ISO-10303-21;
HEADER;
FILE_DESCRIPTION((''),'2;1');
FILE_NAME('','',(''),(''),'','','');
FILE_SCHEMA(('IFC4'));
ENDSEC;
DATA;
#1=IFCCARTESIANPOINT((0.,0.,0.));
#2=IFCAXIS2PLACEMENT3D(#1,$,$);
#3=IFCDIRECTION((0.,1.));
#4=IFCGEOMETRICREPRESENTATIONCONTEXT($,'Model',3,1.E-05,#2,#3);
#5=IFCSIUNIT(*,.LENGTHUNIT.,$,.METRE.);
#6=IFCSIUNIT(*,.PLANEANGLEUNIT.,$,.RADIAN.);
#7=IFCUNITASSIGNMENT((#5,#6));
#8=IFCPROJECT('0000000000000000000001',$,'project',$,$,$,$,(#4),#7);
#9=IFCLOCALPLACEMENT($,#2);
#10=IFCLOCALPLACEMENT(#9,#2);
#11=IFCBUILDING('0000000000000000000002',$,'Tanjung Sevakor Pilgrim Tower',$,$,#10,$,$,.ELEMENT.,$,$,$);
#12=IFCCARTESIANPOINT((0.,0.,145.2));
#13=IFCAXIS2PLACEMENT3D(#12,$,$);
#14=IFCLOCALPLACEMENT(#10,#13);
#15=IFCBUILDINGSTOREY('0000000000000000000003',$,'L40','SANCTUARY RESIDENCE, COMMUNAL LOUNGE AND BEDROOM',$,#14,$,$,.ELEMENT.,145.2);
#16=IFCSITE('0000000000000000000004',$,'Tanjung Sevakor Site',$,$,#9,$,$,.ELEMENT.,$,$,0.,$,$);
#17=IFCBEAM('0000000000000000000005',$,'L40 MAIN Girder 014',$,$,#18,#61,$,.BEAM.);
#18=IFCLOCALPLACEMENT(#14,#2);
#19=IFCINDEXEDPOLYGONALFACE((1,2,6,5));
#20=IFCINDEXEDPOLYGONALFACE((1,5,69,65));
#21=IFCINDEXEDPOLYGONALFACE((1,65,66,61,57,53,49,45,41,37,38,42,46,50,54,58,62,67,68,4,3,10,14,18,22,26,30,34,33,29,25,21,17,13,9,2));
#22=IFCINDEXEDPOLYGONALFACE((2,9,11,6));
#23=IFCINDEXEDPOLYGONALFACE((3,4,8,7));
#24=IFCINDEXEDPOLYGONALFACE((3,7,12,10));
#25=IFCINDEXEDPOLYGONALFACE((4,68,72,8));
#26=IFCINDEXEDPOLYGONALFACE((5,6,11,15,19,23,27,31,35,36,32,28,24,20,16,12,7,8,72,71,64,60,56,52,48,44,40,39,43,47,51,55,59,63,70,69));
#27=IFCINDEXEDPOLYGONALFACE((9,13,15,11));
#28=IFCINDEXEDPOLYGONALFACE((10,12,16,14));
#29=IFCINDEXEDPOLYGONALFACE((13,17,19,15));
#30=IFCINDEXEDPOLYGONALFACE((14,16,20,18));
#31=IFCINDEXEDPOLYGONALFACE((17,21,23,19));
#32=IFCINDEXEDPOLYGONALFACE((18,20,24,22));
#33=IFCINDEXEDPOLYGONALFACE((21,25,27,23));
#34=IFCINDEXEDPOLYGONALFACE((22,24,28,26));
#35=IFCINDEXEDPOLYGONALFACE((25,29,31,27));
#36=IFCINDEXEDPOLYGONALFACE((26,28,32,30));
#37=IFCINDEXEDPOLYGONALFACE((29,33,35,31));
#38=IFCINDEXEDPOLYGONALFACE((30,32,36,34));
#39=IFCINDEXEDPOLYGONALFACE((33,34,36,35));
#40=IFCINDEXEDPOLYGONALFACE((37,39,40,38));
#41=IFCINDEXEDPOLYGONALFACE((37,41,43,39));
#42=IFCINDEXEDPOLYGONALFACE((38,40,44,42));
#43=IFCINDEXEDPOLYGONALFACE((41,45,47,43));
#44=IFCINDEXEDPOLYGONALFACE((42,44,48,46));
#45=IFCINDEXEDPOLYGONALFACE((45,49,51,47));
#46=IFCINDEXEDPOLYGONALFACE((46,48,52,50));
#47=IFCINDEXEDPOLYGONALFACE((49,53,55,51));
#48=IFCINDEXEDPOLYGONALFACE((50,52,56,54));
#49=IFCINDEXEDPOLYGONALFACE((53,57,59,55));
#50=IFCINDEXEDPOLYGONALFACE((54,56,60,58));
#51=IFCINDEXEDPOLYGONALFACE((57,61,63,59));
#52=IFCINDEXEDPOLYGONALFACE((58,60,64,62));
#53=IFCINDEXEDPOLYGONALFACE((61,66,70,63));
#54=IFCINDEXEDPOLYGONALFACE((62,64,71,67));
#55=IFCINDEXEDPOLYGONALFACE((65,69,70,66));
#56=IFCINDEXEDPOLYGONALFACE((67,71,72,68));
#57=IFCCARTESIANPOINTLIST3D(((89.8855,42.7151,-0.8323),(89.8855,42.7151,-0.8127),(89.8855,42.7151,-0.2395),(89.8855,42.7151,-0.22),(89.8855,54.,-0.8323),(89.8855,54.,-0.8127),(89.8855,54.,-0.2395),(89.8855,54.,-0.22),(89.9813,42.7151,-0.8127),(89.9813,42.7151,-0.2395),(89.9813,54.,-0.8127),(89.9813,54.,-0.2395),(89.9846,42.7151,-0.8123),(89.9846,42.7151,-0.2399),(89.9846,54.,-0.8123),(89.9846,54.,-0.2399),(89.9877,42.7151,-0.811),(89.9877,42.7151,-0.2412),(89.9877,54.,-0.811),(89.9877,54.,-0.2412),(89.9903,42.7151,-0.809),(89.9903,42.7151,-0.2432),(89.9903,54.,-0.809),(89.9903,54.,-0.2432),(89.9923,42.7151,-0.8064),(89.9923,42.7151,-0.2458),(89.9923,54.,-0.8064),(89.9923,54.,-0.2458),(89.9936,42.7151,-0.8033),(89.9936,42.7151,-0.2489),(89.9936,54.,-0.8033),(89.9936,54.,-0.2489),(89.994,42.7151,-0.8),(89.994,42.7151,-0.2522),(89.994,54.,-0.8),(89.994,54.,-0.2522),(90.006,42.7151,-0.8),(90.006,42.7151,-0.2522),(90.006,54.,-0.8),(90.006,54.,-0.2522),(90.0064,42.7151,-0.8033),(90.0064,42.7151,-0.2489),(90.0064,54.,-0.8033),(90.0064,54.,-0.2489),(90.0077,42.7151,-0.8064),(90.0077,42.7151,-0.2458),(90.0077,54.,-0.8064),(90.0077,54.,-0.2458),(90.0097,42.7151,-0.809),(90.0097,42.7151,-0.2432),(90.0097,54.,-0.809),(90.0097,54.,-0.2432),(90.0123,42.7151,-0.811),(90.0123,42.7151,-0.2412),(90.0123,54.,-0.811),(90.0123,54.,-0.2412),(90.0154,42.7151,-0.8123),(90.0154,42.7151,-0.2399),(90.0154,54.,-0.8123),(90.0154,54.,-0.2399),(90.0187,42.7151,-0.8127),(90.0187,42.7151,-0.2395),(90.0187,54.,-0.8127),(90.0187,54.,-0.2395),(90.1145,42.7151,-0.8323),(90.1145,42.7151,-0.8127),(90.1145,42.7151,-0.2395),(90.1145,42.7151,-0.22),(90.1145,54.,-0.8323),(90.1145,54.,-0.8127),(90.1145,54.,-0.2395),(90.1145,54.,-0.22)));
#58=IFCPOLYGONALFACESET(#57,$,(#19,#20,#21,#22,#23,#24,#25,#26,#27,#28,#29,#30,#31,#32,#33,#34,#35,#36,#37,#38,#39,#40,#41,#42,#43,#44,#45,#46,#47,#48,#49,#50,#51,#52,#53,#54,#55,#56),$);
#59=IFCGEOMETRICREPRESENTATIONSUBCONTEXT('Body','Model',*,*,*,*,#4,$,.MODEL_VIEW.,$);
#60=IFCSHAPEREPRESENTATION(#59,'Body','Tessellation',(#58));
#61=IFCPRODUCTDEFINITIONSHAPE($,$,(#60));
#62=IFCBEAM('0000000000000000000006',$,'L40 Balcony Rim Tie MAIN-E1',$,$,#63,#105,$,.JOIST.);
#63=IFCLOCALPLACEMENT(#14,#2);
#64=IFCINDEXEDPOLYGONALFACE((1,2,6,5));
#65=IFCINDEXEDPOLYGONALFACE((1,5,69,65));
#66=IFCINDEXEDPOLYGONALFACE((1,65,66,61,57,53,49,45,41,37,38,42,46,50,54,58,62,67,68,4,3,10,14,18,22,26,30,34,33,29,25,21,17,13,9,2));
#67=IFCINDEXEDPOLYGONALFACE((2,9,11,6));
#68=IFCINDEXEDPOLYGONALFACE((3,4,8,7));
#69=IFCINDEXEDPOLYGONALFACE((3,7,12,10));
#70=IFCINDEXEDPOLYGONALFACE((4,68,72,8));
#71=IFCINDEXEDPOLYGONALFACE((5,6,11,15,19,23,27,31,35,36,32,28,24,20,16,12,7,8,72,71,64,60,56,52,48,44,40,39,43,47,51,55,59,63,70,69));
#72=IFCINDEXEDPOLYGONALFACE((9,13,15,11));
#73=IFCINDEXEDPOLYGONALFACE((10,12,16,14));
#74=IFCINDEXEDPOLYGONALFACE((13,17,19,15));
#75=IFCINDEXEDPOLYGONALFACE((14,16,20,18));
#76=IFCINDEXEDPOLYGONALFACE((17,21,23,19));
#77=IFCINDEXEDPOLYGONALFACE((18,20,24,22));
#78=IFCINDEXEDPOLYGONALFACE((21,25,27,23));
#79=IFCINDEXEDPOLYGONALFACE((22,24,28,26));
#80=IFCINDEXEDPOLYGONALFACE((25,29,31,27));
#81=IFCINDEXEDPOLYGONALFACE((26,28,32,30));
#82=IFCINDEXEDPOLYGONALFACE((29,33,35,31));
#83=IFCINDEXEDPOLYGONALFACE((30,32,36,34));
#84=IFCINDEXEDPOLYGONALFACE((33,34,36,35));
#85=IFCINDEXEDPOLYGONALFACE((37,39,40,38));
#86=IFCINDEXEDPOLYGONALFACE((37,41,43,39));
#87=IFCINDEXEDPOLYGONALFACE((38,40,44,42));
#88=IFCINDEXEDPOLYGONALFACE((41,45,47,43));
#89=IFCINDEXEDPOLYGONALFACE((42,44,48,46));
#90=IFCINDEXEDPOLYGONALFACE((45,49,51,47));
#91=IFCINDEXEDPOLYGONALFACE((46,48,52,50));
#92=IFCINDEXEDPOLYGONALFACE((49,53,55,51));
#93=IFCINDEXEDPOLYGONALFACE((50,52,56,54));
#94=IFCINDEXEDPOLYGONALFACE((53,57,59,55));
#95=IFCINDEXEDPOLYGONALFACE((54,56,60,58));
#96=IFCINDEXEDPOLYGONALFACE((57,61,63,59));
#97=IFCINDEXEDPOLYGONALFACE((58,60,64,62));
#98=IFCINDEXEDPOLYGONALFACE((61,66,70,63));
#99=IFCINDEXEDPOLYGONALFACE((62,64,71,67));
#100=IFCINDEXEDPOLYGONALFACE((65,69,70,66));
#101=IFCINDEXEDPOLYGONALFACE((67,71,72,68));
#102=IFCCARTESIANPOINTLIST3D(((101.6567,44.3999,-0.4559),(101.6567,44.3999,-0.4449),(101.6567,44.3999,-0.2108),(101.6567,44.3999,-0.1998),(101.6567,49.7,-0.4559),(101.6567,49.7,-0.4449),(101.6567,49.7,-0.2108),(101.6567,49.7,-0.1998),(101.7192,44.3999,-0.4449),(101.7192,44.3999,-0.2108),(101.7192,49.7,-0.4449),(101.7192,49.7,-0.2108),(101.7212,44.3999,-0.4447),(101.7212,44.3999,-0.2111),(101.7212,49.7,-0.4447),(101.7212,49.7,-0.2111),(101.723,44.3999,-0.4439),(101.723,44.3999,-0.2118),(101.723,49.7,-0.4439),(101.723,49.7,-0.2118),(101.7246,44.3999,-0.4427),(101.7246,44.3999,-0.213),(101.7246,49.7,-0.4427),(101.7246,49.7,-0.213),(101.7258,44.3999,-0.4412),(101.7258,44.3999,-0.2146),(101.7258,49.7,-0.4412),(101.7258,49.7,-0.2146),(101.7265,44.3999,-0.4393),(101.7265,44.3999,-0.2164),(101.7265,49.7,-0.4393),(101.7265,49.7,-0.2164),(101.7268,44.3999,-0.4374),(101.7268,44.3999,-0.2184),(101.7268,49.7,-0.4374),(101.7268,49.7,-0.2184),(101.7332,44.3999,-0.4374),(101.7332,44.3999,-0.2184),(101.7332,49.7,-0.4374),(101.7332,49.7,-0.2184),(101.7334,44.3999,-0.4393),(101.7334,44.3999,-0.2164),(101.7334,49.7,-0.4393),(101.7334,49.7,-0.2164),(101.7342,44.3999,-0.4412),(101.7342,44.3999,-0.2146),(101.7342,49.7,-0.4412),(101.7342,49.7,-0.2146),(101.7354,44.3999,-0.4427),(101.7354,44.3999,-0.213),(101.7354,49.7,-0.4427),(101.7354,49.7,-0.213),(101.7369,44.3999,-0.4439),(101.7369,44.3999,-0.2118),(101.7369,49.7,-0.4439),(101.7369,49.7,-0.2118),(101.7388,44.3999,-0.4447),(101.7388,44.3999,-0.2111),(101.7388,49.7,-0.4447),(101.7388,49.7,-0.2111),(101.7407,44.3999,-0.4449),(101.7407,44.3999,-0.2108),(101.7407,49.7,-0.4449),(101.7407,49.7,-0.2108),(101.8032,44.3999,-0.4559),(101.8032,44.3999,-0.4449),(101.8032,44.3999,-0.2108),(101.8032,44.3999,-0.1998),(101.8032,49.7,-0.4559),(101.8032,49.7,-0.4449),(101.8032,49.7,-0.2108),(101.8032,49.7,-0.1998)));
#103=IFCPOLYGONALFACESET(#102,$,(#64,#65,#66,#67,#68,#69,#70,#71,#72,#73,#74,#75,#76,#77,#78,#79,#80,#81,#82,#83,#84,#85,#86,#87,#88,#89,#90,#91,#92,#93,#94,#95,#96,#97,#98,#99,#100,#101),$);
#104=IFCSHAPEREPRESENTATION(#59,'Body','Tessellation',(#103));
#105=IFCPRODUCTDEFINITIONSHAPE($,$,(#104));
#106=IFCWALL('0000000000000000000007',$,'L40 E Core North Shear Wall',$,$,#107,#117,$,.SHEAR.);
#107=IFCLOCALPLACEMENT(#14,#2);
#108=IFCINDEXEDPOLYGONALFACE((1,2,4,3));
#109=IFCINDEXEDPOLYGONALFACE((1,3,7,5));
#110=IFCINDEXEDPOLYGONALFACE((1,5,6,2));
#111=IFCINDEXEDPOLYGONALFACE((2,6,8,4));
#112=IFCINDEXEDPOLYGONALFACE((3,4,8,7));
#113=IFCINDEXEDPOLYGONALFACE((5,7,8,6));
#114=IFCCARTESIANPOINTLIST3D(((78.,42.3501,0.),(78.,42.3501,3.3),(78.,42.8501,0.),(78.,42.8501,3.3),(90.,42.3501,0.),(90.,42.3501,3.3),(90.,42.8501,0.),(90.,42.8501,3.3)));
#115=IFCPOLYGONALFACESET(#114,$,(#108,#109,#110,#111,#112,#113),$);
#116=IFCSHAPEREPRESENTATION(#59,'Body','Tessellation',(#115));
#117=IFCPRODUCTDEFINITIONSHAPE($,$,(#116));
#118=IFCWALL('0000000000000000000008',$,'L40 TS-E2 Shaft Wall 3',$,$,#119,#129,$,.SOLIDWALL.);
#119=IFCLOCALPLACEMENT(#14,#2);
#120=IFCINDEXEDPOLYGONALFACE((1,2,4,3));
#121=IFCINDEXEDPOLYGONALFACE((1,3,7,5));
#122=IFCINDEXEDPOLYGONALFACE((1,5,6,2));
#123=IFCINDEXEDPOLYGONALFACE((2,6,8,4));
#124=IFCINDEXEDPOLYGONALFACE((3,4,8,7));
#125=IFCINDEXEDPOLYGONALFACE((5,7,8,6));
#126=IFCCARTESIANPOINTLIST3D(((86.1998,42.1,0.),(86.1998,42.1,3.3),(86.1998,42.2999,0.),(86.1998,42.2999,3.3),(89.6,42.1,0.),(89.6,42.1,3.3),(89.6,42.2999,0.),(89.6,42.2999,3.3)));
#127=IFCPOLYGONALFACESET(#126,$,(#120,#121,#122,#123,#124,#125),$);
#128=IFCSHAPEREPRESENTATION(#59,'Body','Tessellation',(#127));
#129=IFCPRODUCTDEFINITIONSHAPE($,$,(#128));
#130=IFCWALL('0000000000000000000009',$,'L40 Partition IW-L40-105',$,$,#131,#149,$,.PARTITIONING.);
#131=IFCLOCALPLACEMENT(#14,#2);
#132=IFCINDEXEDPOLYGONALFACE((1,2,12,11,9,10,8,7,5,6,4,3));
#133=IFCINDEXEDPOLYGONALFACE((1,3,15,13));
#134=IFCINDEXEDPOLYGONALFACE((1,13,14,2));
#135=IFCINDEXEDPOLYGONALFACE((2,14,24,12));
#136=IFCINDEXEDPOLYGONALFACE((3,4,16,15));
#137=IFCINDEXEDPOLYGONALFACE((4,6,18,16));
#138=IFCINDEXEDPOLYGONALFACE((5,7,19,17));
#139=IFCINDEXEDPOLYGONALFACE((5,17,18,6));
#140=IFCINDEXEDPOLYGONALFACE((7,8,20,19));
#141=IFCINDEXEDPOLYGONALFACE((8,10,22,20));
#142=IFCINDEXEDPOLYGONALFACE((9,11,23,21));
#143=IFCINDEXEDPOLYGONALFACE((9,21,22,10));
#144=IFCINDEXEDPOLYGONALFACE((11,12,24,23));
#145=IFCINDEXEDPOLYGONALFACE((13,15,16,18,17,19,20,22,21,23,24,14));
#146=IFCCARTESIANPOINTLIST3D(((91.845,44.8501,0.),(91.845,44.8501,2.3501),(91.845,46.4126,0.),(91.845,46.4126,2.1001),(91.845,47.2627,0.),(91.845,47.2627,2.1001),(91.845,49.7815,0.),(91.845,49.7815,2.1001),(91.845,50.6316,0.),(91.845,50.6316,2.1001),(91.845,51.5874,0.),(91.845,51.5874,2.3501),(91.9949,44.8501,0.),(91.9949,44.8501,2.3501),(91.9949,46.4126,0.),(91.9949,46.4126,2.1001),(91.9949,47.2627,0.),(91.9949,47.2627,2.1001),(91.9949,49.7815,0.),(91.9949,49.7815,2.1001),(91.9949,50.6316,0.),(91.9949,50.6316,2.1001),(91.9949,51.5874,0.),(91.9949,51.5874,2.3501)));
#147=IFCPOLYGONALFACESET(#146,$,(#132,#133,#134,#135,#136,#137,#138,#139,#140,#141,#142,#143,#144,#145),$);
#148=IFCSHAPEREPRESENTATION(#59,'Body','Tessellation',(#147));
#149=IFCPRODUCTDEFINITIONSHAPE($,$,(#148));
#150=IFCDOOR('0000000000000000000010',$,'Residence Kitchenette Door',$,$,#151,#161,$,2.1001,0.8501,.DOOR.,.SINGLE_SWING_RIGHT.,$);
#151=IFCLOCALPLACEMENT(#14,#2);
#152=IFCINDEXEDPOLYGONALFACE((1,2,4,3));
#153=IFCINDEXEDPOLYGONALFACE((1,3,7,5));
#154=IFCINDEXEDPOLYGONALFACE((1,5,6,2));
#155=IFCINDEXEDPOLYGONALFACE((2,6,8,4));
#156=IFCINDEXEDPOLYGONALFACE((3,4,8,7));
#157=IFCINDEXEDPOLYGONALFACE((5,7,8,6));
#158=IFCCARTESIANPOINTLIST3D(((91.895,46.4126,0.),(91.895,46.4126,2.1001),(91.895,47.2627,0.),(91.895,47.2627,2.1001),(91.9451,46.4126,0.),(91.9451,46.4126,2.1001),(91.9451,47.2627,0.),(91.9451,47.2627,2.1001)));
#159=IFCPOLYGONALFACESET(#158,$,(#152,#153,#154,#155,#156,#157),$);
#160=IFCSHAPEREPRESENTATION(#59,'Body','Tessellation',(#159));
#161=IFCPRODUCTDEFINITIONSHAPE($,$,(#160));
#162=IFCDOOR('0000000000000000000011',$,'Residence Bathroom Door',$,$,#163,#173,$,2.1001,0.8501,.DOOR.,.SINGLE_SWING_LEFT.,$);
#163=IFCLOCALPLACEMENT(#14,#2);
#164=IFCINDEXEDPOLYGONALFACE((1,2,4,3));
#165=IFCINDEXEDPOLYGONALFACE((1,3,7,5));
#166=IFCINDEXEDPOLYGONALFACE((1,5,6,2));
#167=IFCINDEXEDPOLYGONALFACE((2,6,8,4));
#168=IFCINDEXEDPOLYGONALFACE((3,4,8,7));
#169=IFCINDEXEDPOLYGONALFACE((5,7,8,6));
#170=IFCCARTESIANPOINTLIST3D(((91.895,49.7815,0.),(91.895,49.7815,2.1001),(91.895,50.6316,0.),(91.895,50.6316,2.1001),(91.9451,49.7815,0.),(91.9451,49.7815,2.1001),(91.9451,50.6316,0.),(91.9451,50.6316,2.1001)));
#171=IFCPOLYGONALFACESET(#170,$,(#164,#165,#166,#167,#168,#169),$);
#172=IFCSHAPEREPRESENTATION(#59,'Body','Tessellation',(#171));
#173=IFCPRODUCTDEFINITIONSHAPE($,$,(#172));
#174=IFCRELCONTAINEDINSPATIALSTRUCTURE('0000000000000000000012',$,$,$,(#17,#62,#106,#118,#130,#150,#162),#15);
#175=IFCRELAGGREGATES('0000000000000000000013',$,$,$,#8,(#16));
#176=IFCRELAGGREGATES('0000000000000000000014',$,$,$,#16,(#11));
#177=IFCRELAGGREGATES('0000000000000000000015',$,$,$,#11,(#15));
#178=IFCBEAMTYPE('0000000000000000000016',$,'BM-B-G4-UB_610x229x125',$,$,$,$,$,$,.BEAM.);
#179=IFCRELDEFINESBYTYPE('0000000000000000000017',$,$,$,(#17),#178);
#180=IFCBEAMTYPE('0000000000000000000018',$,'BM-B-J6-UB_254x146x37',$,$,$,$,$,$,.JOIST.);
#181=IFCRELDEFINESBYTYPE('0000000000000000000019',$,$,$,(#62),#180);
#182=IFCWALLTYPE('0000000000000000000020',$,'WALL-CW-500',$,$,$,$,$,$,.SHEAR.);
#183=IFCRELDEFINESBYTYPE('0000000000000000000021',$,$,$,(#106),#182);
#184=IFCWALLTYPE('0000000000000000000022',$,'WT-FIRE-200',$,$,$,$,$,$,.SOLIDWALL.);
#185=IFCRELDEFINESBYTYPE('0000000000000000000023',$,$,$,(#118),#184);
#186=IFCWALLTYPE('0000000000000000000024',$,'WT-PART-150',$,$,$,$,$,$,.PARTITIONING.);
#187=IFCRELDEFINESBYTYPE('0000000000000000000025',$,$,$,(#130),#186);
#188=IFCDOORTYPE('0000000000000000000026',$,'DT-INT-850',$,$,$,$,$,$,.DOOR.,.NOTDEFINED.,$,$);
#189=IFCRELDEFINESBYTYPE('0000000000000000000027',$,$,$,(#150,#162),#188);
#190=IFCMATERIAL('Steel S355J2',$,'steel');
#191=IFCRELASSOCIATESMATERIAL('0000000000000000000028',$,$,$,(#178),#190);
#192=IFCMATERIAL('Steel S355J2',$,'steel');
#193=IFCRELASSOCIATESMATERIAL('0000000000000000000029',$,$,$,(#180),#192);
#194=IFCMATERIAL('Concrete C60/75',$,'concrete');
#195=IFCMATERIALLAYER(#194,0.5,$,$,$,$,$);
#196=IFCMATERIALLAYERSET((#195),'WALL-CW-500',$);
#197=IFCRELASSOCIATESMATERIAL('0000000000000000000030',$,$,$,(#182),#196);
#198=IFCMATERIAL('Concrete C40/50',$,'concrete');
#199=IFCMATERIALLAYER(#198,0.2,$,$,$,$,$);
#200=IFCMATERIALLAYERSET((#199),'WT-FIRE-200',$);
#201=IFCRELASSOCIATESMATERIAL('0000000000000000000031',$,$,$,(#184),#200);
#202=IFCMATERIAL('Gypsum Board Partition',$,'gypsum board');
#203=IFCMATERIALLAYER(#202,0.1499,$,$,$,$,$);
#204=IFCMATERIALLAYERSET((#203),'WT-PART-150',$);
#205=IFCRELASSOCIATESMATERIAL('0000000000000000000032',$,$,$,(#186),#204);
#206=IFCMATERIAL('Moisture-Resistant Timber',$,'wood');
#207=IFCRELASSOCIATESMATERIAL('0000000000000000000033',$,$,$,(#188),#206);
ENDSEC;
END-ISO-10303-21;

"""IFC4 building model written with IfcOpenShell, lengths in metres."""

from ifc_helpers import new_model, si_unit, direction, frame, frame_2d, origin, origin_2d, place, context, subcontext, project, spatial, rectangle, i_section, extrude, material, layer, layer_set, material_profile, profile_set, type_object, element, fill, save


model = new_model("IFC4")

# Units and contexts
model_context = context("Model", 3, precision=1e-05, world=origin(), true_north=direction((0.0, 1.0)))
body_context = subcontext(model_context, "Body", "Model", "MODEL_VIEW")
ifc_project = project(units=[si_unit("LENGTHUNIT", "METRE"), si_unit("PLANEANGLEUNIT", "RADIAN")], contexts=[model_context])

# Site, building, storey
site_placement = place(None, origin())
site = spatial("IfcSite", under=ifc_project, at=site_placement, Name="Tanjung Sevakor Site", CompositionType="ELEMENT", RefElevation=0.0)
building_placement = place(site_placement, origin())
building = spatial("IfcBuilding", under=site, at=building_placement, Name="Tanjung Sevakor Pilgrim Tower", CompositionType="ELEMENT")
storey_placement = place(building_placement, frame((0.0, 0.0, 145.2)))
storey = spatial("IfcBuildingStorey", under=building, at=storey_placement, Name="L40", Description="SANCTUARY RESIDENCE, COMMUNAL LOUNGE AND BEDROOM", CompositionType="ELEMENT", Elevation=145.2)

# Beams
ifc_material_1 = material(Name="Steel S355J2", Category="steel")
ifc_material_profile_1 = material_profile(ifc_material_1, i_section(OverallWidth=0.229, OverallDepth=0.6123, WebThickness=0.012, FlangeThickness=0.0195, FilletRadius=0.0127, at=origin_2d()))
ifc_profile_set_1 = profile_set([ifc_material_profile_1], Name="Steel S355J2")
beam_type_1 = type_object("IfcBeamType", Name="BM-B-G4-UB_610x229x125", PredefinedType="BEAM", material=ifc_profile_set_1)
beam_1_placement = place(storey_placement, frame((90.0, 42.7151, -0.5261), z_axis=(0.0, 1.0, 0.0), x_axis=(-1.0, 0.0, 0.0)))
element("IfcBeam", 1, at=beam_1_placement, inside=storey, type_object=beam_type_1, Name="L40 MAIN Girder 014", PredefinedType="BEAM", context=body_context, shape_type="SweptSolid", body=[
    extrude(i_section(OverallWidth=0.229, OverallDepth=0.6123, WebThickness=0.012, FlangeThickness=0.0195, FilletRadius=0.0127, at=origin_2d()), origin(), (0.0, 0.0, 1.0), 11.2849),
])
ifc_material_2 = material(Name="Steel S355J2", Category="steel")
ifc_material_profile_2 = material_profile(ifc_material_2, i_section(OverallWidth=0.1465, OverallDepth=0.2561, WebThickness=0.0063, FlangeThickness=0.011, FilletRadius=0.0076, at=origin_2d()))
ifc_profile_set_2 = profile_set([ifc_material_profile_2], Name="Steel S355J2")
beam_type_2 = type_object("IfcBeamType", Name="BM-B-J6-UB_254x146x37", PredefinedType="JOIST", material=ifc_profile_set_2)
beam_2_placement = place(storey_placement, frame((101.73, 44.3999, -0.3279), z_axis=(0.0, 1.0, 0.0), x_axis=(-1.0, 0.0, 0.0)))
element("IfcBeam", 2, at=beam_2_placement, inside=storey, type_object=beam_type_2, Name="L40 Balcony Rim Tie MAIN-E1", PredefinedType="JOIST", context=body_context, shape_type="SweptSolid", body=[
    extrude(i_section(OverallWidth=0.1465, OverallDepth=0.2561, WebThickness=0.0063, FlangeThickness=0.011, FilletRadius=0.0076, at=origin_2d()), origin(), (0.0, 0.0, 1.0), 5.3),
])

# Walls
ifc_material_3 = material(Name="Concrete C60/75", Category="concrete")
ifc_layer_1 = layer(ifc_material_3, 0.5)
ifc_layer_set_1 = layer_set([ifc_layer_1], Name="WALL-CW-500")
wall_type_1 = type_object("IfcWallType", Name="WALL-CW-500", PredefinedType="SHEAR", material=ifc_layer_set_1)
wall_1_placement = place(storey_placement, frame((90.0, 42.6001, 0.0), z_axis=(0.0, 0.0, 1.0), x_axis=(-1.0, 0.0, 0.0)))
element("IfcWall", 3, at=wall_1_placement, inside=storey, type_object=wall_type_1, Name="L40 E Core North Shear Wall", PredefinedType="SHEAR", context=body_context, shape_type="SweptSolid", body=[
    extrude(rectangle(XDim=12.0, YDim=0.5, at=frame_2d((6.0, 0.0))), origin(), (0.0, 0.0, 1.0), 3.3),
])
ifc_material_4 = material(Name="Concrete C40/50", Category="concrete")
ifc_layer_2 = layer(ifc_material_4, 0.2)
ifc_layer_set_2 = layer_set([ifc_layer_2], Name="WT-FIRE-200")
wall_type_2 = type_object("IfcWallType", Name="WT-FIRE-200", PredefinedType="SOLIDWALL", material=ifc_layer_set_2)
wall_2_placement = place(storey_placement, frame((89.6001, 42.2, 0.0), z_axis=(0.0, 0.0, 1.0), x_axis=(-1.0, 0.0, 0.0)))
element("IfcWall", 4, at=wall_2_placement, inside=storey, type_object=wall_type_2, Name="L40 TS-E2 Shaft Wall 3", PredefinedType="SOLIDWALL", context=body_context, shape_type="SweptSolid", body=[
    extrude(rectangle(XDim=3.4001, YDim=0.2, at=frame_2d((1.7002, 0.0))), origin(), (0.0, 0.0, 1.0), 3.3),
])

# Wall, openings, doors
ifc_material_5 = material(Name="Gypsum Board Partition", Category="gypsum board")
ifc_layer_3 = layer(ifc_material_5, 0.1499)
ifc_layer_set_3 = layer_set([ifc_layer_3], Name="WT-PART-150")
wall_type_3 = type_object("IfcWallType", Name="WT-PART-150", PredefinedType="PARTITIONING", material=ifc_layer_set_3)
wall_3_placement = place(storey_placement, frame((91.9199, 44.8501, 0.0), z_axis=(0.0, 0.0, 1.0), x_axis=(0.0, 1.0, 0.0)))
wall_3 = element("IfcWall", 5, at=wall_3_placement, inside=storey, type_object=wall_type_3, Name="L40 Partition IW-L40-105", PredefinedType="PARTITIONING", context=body_context, shape_type="SweptSolid", body=[
    extrude(rectangle(XDim=6.7373, YDim=0.1499, at=frame_2d((3.3687, 0.0))), origin(), (0.0, 0.0, 1.0), 2.3501),
])
opening_1_placement = place(wall_3_placement, frame((1.5625, 0.0, 0.0)))
opening_1 = element("IfcOpeningElement", 6, at=opening_1_placement, cuts=wall_3, PredefinedType="OPENING", context=body_context, shape_type="SweptSolid", body=[
    extrude(rectangle(XDim=0.8501, YDim=2.1001, at=frame_2d((0.425, 1.05))), frame((0.0, 0.085, 0.0), z_axis=(0.0, -1.0, 0.0), x_axis=(1.0, 0.0, 0.0)), (0.0, 0.0, 1.0), 0.1699),
])
opening_2_placement = place(wall_3_placement, frame((4.9314, 0.0, 0.0)))
opening_2 = element("IfcOpeningElement", 7, at=opening_2_placement, cuts=wall_3, PredefinedType="OPENING", context=body_context, shape_type="SweptSolid", body=[
    extrude(rectangle(XDim=0.8501, YDim=2.1001, at=frame_2d((0.425, 1.05))), frame((0.0, 0.085, 0.0), z_axis=(0.0, -1.0, 0.0), x_axis=(1.0, 0.0, 0.0)), (0.0, 0.0, 1.0), 0.1699),
])
ifc_material_6 = material(Name="Moisture-Resistant Timber", Category="wood")
door_type = type_object("IfcDoorType", Name="DT-INT-850", OperationType="NOTDEFINED", PredefinedType="DOOR", material=ifc_material_6)
door_1_placement = place(opening_1_placement, origin())
door_1 = element("IfcDoor", 8, at=door_1_placement, inside=storey, type_object=door_type, Name="Residence Kitchenette Door", OperationType="SINGLE_SWING_RIGHT", OverallHeight=2.1001, OverallWidth=0.8501, PredefinedType="DOOR", context=body_context, shape_type="SweptSolid", body=[
    extrude(rectangle(XDim=0.8501, YDim=2.1001, at=frame_2d((0.425, 1.05))), frame((0.0, 0.0249, 0.0), z_axis=(0.0, -1.0, 0.0), x_axis=(1.0, 0.0, 0.0)), (0.0, 0.0, 1.0), 0.05),
])
fill(opening_1, door_1)
door_2_placement = place(opening_2_placement, origin())
door_2 = element("IfcDoor", 9, at=door_2_placement, inside=storey, type_object=door_type, Name="Residence Bathroom Door", OperationType="SINGLE_SWING_LEFT", OverallHeight=2.1001, OverallWidth=0.8501, PredefinedType="DOOR", context=body_context, shape_type="SweptSolid", body=[
    extrude(rectangle(XDim=0.8501, YDim=2.1001, at=frame_2d((0.425, 1.05))), frame((0.0, 0.0249, 0.0), z_axis=(0.0, -1.0, 0.0), x_axis=(1.0, 0.0, 0.0)), (0.0, 0.0, 1.0), 0.05),
])
fill(opening_2, door_2)

save(model, "model.ifc")
